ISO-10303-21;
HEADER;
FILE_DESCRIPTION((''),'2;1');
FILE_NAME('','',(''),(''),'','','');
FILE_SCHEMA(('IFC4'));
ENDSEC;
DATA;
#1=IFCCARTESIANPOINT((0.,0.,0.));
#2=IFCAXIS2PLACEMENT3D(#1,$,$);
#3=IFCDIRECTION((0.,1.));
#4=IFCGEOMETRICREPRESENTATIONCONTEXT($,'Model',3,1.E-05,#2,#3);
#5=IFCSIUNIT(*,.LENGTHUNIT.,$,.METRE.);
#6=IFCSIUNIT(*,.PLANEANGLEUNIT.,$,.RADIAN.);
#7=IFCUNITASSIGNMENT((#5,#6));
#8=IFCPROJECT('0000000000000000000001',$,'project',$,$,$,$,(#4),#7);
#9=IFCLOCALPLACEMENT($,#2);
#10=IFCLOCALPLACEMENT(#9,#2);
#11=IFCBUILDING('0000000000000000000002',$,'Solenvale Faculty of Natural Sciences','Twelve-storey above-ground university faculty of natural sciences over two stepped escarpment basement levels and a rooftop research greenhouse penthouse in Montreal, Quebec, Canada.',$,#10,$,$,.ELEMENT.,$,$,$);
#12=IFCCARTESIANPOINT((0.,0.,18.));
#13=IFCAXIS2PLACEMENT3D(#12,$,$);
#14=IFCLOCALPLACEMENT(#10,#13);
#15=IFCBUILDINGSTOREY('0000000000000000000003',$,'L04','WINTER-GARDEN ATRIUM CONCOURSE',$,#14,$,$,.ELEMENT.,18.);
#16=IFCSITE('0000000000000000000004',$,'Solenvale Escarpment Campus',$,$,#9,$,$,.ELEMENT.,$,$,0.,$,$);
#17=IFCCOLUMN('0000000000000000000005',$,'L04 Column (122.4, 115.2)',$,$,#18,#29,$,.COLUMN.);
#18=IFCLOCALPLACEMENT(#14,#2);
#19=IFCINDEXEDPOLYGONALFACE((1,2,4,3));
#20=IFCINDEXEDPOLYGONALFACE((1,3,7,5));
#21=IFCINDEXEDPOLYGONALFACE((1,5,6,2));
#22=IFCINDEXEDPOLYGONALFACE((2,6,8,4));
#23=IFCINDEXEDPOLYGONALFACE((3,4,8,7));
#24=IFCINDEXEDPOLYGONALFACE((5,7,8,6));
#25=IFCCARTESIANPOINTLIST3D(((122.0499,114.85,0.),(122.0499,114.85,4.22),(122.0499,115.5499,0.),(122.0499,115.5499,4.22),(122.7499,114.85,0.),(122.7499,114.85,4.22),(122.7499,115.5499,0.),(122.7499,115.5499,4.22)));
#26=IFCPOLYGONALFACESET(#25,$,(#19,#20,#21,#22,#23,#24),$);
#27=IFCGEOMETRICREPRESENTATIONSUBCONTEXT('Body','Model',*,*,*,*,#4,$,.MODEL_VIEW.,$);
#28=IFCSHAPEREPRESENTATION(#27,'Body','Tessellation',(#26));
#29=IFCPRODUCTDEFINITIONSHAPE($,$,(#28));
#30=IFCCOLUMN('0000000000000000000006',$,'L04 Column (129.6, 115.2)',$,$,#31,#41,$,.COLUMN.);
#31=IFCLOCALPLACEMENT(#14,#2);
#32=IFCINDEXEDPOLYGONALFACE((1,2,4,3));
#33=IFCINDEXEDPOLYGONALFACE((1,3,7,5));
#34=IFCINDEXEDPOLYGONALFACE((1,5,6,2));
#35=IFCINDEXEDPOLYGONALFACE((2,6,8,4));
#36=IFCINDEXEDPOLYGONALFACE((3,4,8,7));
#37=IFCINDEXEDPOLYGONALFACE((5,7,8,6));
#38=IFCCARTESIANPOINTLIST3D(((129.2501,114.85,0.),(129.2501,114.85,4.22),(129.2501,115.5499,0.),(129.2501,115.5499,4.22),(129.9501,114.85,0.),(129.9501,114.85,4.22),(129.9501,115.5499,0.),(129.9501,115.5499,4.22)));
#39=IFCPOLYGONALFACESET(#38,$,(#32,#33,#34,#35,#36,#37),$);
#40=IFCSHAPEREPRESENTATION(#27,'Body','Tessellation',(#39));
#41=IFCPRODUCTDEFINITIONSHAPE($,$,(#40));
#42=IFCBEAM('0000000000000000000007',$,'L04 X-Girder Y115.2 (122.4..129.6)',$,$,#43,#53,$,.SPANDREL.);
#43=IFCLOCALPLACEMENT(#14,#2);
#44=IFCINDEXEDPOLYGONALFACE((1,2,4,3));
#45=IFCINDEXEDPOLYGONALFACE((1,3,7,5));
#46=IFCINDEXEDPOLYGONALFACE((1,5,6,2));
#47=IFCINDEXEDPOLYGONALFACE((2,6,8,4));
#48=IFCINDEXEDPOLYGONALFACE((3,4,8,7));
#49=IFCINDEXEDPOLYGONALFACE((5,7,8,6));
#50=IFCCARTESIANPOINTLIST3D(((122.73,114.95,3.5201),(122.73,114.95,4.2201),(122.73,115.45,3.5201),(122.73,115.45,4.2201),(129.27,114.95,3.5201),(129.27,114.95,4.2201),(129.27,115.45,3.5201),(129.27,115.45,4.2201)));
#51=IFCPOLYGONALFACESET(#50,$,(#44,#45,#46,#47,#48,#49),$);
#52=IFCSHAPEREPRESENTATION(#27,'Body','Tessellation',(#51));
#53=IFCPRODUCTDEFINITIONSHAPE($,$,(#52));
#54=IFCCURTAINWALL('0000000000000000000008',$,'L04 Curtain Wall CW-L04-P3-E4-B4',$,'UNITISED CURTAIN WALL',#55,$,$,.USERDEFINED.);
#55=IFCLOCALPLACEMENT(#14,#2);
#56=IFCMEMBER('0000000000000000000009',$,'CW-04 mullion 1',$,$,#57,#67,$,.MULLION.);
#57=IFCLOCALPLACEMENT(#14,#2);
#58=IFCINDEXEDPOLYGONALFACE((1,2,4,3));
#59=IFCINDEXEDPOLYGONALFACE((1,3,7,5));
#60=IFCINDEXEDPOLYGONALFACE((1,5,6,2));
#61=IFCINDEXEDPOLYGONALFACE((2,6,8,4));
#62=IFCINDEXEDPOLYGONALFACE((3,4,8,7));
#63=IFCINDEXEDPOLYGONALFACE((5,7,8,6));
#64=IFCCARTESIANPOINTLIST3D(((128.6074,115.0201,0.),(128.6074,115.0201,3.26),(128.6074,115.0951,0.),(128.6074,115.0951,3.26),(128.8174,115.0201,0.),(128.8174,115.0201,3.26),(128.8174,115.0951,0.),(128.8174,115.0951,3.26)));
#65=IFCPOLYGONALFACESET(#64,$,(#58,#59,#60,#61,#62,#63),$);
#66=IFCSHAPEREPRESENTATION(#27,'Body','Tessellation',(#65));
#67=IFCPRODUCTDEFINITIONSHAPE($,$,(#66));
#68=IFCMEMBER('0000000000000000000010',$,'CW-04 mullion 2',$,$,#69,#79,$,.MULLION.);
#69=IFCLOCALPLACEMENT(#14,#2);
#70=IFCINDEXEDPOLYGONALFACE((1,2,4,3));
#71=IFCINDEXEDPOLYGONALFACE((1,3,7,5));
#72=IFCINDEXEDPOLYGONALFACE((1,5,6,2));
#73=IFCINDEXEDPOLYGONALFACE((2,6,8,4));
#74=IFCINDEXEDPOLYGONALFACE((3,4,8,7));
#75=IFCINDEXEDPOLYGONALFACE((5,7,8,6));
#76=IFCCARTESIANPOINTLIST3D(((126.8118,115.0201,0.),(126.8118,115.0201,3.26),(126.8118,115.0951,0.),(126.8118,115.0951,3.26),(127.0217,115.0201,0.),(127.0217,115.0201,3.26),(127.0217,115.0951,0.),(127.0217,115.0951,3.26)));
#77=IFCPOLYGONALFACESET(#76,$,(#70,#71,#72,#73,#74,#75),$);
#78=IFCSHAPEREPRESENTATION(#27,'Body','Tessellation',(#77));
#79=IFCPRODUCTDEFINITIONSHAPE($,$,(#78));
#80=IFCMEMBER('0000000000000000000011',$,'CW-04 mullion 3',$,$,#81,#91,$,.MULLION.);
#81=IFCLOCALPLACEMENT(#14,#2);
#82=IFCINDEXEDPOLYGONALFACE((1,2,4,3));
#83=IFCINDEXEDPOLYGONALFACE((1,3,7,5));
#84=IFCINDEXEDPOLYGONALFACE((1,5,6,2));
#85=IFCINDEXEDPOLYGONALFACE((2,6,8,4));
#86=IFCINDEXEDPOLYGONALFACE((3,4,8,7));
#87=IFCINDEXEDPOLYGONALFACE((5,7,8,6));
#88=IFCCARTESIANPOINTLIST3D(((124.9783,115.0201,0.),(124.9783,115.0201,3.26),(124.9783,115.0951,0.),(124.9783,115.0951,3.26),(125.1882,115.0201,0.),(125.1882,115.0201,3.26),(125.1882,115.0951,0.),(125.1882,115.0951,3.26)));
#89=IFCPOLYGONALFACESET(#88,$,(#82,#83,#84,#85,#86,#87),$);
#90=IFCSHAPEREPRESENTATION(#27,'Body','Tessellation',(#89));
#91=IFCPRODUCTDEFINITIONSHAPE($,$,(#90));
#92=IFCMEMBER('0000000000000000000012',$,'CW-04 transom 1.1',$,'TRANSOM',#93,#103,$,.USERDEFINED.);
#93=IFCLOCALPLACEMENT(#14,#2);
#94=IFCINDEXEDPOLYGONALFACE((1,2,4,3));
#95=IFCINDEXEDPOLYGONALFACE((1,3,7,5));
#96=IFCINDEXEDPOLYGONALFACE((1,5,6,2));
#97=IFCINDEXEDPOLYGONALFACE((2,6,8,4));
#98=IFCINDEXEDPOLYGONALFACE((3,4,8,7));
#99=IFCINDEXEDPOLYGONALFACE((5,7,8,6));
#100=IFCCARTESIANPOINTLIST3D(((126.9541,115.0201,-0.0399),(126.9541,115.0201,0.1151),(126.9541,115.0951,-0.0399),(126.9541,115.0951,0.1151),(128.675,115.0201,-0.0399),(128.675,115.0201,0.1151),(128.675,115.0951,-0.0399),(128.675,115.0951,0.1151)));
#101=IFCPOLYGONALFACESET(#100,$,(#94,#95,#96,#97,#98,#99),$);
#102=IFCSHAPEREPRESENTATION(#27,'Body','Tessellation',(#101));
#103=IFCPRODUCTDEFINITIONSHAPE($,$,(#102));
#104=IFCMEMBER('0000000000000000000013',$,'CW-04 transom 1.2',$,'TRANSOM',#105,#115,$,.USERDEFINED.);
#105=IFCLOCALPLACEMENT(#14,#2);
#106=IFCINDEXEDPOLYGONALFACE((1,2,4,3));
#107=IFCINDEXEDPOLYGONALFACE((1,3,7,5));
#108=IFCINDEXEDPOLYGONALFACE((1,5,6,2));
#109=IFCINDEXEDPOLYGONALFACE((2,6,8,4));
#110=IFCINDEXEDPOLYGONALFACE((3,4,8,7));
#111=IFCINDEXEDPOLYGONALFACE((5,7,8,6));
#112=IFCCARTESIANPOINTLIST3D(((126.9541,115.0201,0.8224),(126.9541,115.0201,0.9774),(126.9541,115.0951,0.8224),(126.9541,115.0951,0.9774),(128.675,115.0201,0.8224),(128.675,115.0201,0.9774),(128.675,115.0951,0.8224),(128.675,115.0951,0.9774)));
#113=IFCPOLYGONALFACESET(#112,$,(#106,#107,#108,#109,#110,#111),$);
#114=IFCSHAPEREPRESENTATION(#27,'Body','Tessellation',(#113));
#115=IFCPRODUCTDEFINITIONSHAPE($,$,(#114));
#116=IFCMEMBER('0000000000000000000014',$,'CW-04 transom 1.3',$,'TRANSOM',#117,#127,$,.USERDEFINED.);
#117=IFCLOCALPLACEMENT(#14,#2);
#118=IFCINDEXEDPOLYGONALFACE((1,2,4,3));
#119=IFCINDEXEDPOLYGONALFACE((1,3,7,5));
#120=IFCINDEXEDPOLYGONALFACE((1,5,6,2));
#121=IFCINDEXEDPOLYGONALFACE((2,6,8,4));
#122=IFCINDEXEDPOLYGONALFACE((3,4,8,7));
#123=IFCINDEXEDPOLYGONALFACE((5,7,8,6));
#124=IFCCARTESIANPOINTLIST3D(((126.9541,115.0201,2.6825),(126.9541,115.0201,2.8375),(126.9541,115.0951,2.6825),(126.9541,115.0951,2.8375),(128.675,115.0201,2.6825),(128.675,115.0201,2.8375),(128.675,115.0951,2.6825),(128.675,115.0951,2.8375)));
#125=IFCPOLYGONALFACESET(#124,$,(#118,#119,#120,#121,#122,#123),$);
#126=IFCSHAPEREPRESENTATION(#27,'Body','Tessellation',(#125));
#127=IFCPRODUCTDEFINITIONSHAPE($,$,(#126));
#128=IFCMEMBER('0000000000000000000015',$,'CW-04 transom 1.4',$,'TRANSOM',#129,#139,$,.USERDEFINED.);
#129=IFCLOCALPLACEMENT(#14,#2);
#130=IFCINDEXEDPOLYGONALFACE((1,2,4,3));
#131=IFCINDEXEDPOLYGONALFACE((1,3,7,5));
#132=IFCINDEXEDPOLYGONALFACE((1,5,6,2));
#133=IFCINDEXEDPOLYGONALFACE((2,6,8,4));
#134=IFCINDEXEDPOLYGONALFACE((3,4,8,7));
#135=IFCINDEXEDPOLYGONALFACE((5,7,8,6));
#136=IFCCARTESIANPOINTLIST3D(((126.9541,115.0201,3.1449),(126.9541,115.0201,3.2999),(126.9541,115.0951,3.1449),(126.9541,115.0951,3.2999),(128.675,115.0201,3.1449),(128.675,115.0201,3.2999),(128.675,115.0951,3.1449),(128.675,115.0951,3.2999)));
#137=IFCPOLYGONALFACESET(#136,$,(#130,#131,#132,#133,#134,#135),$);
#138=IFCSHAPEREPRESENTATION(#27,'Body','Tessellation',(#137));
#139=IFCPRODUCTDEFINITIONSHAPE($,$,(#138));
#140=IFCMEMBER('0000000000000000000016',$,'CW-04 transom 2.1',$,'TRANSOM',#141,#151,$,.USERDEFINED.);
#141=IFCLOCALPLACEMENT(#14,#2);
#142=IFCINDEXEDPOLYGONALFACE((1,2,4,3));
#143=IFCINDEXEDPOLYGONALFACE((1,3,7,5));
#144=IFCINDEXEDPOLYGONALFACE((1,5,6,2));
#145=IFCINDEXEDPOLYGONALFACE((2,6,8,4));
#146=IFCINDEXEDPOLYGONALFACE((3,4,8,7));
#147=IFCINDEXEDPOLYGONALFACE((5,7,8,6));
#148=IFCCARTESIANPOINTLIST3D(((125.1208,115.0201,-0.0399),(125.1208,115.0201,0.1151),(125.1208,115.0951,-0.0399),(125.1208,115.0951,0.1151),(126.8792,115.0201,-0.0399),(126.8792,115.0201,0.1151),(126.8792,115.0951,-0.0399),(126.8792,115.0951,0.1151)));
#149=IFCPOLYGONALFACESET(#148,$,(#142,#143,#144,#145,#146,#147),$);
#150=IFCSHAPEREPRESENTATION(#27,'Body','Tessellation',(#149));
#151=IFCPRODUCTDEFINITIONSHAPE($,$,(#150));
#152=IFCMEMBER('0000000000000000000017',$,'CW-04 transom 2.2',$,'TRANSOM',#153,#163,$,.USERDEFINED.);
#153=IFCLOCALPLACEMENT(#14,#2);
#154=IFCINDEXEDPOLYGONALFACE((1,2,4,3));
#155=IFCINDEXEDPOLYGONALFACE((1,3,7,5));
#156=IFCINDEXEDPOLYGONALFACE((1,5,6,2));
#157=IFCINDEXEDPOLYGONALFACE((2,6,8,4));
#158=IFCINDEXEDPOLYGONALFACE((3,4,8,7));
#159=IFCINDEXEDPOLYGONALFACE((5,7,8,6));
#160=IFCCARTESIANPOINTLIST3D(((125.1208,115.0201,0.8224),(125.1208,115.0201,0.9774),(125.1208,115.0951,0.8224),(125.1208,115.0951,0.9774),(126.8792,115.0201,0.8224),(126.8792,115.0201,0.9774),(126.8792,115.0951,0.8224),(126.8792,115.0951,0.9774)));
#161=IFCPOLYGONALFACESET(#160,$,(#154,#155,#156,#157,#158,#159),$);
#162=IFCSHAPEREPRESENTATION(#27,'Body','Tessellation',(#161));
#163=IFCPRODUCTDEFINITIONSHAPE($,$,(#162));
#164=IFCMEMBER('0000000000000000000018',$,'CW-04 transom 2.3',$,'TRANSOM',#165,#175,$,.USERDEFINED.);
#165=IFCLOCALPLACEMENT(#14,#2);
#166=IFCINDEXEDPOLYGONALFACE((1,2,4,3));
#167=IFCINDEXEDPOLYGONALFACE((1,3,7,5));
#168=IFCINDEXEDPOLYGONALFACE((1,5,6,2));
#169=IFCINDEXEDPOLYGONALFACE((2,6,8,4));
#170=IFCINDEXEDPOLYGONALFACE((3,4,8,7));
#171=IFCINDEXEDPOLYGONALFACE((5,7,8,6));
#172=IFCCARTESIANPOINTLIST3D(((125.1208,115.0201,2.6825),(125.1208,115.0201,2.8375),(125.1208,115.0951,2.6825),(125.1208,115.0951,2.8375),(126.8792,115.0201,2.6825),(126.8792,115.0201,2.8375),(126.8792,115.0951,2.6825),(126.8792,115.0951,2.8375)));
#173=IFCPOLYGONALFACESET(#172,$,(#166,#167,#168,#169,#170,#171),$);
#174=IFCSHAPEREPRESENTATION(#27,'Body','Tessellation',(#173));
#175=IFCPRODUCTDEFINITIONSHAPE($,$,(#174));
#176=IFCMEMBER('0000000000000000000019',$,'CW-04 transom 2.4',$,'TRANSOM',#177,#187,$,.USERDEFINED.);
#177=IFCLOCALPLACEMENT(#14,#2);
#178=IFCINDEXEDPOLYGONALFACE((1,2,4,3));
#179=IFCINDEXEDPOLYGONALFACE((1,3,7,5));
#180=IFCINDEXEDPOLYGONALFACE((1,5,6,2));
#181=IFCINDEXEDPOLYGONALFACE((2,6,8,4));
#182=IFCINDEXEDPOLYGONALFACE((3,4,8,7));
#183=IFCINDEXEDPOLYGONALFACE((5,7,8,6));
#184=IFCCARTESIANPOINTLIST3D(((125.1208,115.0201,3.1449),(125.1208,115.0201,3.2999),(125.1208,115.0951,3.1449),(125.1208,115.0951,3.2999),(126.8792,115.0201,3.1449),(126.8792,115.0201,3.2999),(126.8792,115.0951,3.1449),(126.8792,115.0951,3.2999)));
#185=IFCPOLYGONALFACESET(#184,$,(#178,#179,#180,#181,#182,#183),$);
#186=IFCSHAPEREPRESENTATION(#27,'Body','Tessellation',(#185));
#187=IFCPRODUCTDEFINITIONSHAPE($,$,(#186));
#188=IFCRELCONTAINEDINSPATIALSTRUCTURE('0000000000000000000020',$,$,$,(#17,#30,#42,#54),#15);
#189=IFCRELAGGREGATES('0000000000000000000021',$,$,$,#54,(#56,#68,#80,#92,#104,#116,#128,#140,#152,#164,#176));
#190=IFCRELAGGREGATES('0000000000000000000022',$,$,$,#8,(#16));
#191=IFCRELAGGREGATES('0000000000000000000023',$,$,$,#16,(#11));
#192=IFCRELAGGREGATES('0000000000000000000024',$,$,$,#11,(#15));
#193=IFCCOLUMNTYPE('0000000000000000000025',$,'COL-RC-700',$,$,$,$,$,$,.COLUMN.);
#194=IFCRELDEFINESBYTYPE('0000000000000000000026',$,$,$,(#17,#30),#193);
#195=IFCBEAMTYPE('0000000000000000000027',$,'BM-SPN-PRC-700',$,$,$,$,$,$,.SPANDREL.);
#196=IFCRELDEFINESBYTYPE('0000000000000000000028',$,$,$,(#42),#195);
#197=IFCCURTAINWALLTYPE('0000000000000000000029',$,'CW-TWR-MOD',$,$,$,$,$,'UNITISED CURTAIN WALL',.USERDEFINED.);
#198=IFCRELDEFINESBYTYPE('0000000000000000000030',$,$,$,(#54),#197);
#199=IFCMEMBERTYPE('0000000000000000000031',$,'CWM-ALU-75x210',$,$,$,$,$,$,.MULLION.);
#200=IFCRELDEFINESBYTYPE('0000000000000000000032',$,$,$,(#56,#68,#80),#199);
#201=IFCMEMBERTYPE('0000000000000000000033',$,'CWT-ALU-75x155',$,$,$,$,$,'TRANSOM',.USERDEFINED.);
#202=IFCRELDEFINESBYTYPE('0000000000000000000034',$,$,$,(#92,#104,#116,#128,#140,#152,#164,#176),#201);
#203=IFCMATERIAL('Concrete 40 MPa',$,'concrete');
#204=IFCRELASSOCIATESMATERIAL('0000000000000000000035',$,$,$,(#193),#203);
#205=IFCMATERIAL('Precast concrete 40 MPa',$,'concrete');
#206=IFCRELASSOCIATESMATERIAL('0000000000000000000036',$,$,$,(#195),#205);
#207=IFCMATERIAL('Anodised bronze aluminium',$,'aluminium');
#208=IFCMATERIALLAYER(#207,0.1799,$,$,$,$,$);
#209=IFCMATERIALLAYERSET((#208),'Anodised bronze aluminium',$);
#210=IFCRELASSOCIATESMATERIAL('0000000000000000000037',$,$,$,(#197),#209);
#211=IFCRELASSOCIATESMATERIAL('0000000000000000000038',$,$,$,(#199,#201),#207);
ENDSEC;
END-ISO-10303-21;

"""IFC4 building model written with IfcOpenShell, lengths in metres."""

from ifc_helpers import new_model, si_unit, direction, frame, origin, origin_2d, place, context, subcontext, project, spatial, rectangle, extrude, material, layer, layer_set, material_profile, profile_set, type_object, element, aggregate, save


model = new_model("IFC4")

# Units and contexts
model_context = context("Model", 3, precision=1e-05, world=origin(), true_north=direction((0.0, 1.0)))
body_context = subcontext(model_context, "Body", "Model", "MODEL_VIEW")
ifc_project = project(units=[si_unit("LENGTHUNIT", "METRE"), si_unit("PLANEANGLEUNIT", "RADIAN")], contexts=[model_context])

# Site, building, storey
site_placement = place(None, origin())
site = spatial("IfcSite", under=ifc_project, at=site_placement, Name="Solenvale Escarpment Campus", CompositionType="ELEMENT", RefElevation=0.0)
building_placement = place(site_placement, origin())
building = spatial("IfcBuilding", under=site, at=building_placement, Name="Solenvale Faculty of Natural Sciences", Description="Twelve-storey above-ground university faculty of natural sciences over two stepped escarpment basement levels and a rooftop research greenhouse penthouse in Montreal, Quebec, Canada.", CompositionType="ELEMENT")
storey_placement = place(building_placement, frame((0.0, 0.0, 18.0)))
storey = spatial("IfcBuildingStorey", under=building, at=storey_placement, Name="L04", Description="WINTER-GARDEN ATRIUM CONCOURSE", CompositionType="ELEMENT", Elevation=18.0)

# Columns
ifc_material_1 = material(Name="Concrete 40 MPa", Category="concrete")
ifc_material_profile_1 = material_profile(ifc_material_1, rectangle(XDim=0.7, YDim=0.7, at=origin_2d()), Name="RC-COL-700x700")
ifc_profile_set_1 = profile_set([ifc_material_profile_1], Name="Concrete 40 MPa")
column_type = type_object("IfcColumnType", Name="COL-RC-700", PredefinedType="COLUMN", material=ifc_profile_set_1)
for number, where, z_axis, x_axis, name in (
    (1, (122.3999, 115.2, 0.0), (0.0, 0.0, 1.0), (1.0, 0.0, 0.0), "L04 Column (122.4, 115.2)"),
    (2, (129.6001, 115.2, 0.0), (0.0, 0.0, 1.0), (1.0, 0.0, 0.0), "L04 Column (129.6, 115.2)"),
):
    element("IfcColumn", number, at=place(storey_placement, frame(where, z_axis=z_axis, x_axis=x_axis)), inside=storey, type_object=column_type, Name=name, PredefinedType="COLUMN", context=body_context, shape_type="SweptSolid", body=[
        extrude(rectangle(XDim=0.7, YDim=0.7, at=origin_2d()), origin(), (0.0, 0.0, 1.0), 4.22),
    ])

# Beam
ifc_material_2 = material(Name="Precast concrete 40 MPa", Category="concrete")
ifc_material_profile_2 = material_profile(ifc_material_2, rectangle(XDim=0.5, YDim=0.7, at=origin_2d()), Name="RC-BM-500x700")
ifc_profile_set_2 = profile_set([ifc_material_profile_2], Name="Precast concrete 40 MPa")
beam_type = type_object("IfcBeamType", Name="BM-SPN-PRC-700", PredefinedType="SPANDREL", material=ifc_profile_set_2)
beam_placement = place(storey_placement, frame((122.73, 115.2, 3.8701), z_axis=(1.0, 0.0, 0.0), x_axis=(0.0, 1.0, 0.0)))
element("IfcBeam", 3, at=beam_placement, inside=storey, type_object=beam_type, Name="L04 X-Girder Y115.2 (122.4..129.6)", PredefinedType="SPANDREL", context=body_context, shape_type="SweptSolid", body=[
    extrude(rectangle(XDim=0.5, YDim=0.7, at=origin_2d()), origin(), (0.0, 0.0, 1.0), 6.54),
])

# Curtain wall, members
ifc_material_3 = material(Name="Anodised bronze aluminium", Category="aluminium")
ifc_layer_1 = layer(ifc_material_3, 0.1799)
ifc_layer_set_1 = layer_set([ifc_layer_1], Name="Anodised bronze aluminium")
curtain_wall_type = type_object("IfcCurtainWallType", Name="CW-TWR-MOD", ElementType="UNITISED CURTAIN WALL", PredefinedType="USERDEFINED", material=ifc_layer_set_1)
curtain_wall_placement = place(storey_placement, origin())
curtain_wall = element("IfcCurtainWall", 4, at=curtain_wall_placement, inside=storey, type_object=curtain_wall_type, Name="L04 Curtain Wall CW-L04-P3-E4-B4", ObjectType="UNITISED CURTAIN WALL", PredefinedType="USERDEFINED")
ifc_material_profile_3 = material_profile(ifc_material_3, rectangle(XDim=0.075, YDim=0.21, at=origin_2d()), Name="ALU-MUL-75x210")
ifc_profile_set_3 = profile_set([ifc_material_profile_3], Name="Anodised bronze aluminium")
member_type_1 = type_object("IfcMemberType", Name="CWM-ALU-75x210", PredefinedType="MULLION", material=ifc_profile_set_3)
member_1_placement = place(storey_placement, frame((128.7124, 115.0576, 0.0), z_axis=(0.0, 0.0, 1.0), x_axis=(0.0, -1.0, 0.0)))
member_1 = element("IfcMember", 5, at=member_1_placement, type_object=member_type_1, Name="CW-04 mullion 1", PredefinedType="MULLION", context=body_context, shape_type="SweptSolid", body=[
    extrude(rectangle(XDim=0.075, YDim=0.21, at=origin_2d()), origin(), (0.0, 0.0, 1.0), 3.26),
])
member_2_placement = place(storey_placement, frame((126.9167, 115.0576, 0.0), z_axis=(0.0, 0.0, 1.0), x_axis=(0.0, -1.0, 0.0)))
member_2 = element("IfcMember", 6, at=member_2_placement, type_object=member_type_1, Name="CW-04 mullion 2", PredefinedType="MULLION", context=body_context, shape_type="SweptSolid", body=[
    extrude(rectangle(XDim=0.075, YDim=0.21, at=origin_2d()), origin(), (0.0, 0.0, 1.0), 3.26),
])
member_3_placement = place(storey_placement, frame((125.0833, 115.0576, 0.0), z_axis=(0.0, 0.0, 1.0), x_axis=(0.0, -1.0, 0.0)))
member_3 = element("IfcMember", 7, at=member_3_placement, type_object=member_type_1, Name="CW-04 mullion 3", PredefinedType="MULLION", context=body_context, shape_type="SweptSolid", body=[
    extrude(rectangle(XDim=0.075, YDim=0.21, at=origin_2d()), origin(), (0.0, 0.0, 1.0), 3.26),
])
ifc_material_profile_4 = material_profile(ifc_material_3, rectangle(XDim=0.075, YDim=0.155, at=origin_2d()), Name="ALU-TRN-75x155")
ifc_profile_set_4 = profile_set([ifc_material_profile_4], Name="Anodised bronze aluminium")
member_type_2 = type_object("IfcMemberType", Name="CWT-ALU-75x155", ElementType="TRANSOM", PredefinedType="USERDEFINED", material=ifc_profile_set_4)
member_4_placement = place(storey_placement, frame((128.675, 115.0576, 0.0376), z_axis=(-1.0, 0.0, 0.0), x_axis=(0.0, -1.0, 0.0)))
member_4 = element("IfcMember", 8, at=member_4_placement, type_object=member_type_2, Name="CW-04 transom 1.1", ObjectType="TRANSOM", PredefinedType="USERDEFINED", context=body_context, shape_type="SweptSolid", body=[
    extrude(rectangle(XDim=0.075, YDim=0.155, at=origin_2d()), origin(), (0.0, 0.0, 1.0), 1.7209),
])
member_5_placement = place(storey_placement, frame((128.675, 115.0576, 0.8999), z_axis=(-1.0, 0.0, 0.0), x_axis=(0.0, -1.0, 0.0)))
member_5 = element("IfcMember", 9, at=member_5_placement, type_object=member_type_2, Name="CW-04 transom 1.2", ObjectType="TRANSOM", PredefinedType="USERDEFINED", context=body_context, shape_type="SweptSolid", body=[
    extrude(rectangle(XDim=0.075, YDim=0.155, at=origin_2d()), origin(), (0.0, 0.0, 1.0), 1.7209),
])
member_6_placement = place(storey_placement, frame((128.675, 115.0576, 2.76), z_axis=(-1.0, 0.0, 0.0), x_axis=(0.0, -1.0, 0.0)))
member_6 = element("IfcMember", 10, at=member_6_placement, type_object=member_type_2, Name="CW-04 transom 1.3", ObjectType="TRANSOM", PredefinedType="USERDEFINED", context=body_context, shape_type="SweptSolid", body=[
    extrude(rectangle(XDim=0.075, YDim=0.155, at=origin_2d()), origin(), (0.0, 0.0, 1.0), 1.7209),
])
member_7_placement = place(storey_placement, frame((128.675, 115.0576, 3.2224), z_axis=(-1.0, 0.0, 0.0), x_axis=(0.0, -1.0, 0.0)))
member_7 = element("IfcMember", 11, at=member_7_placement, type_object=member_type_2, Name="CW-04 transom 1.4", ObjectType="TRANSOM", PredefinedType="USERDEFINED", context=body_context, shape_type="SweptSolid", body=[
    extrude(rectangle(XDim=0.075, YDim=0.155, at=origin_2d()), origin(), (0.0, 0.0, 1.0), 1.7209),
])
member_8_placement = place(storey_placement, frame((126.8792, 115.0576, 0.0376), z_axis=(-1.0, 0.0, 0.0), x_axis=(0.0, -1.0, 0.0)))
member_8 = element("IfcMember", 12, at=member_8_placement, type_object=member_type_2, Name="CW-04 transom 2.1", ObjectType="TRANSOM", PredefinedType="USERDEFINED", context=body_context, shape_type="SweptSolid", body=[
    extrude(rectangle(XDim=0.075, YDim=0.155, at=origin_2d()), origin(), (0.0, 0.0, 1.0), 1.7583),
])
member_9_placement = place(storey_placement, frame((126.8792, 115.0576, 0.8999), z_axis=(-1.0, 0.0, 0.0), x_axis=(0.0, -1.0, 0.0)))
member_9 = element("IfcMember", 13, at=member_9_placement, type_object=member_type_2, Name="CW-04 transom 2.2", ObjectType="TRANSOM", PredefinedType="USERDEFINED", context=body_context, shape_type="SweptSolid", body=[
    extrude(rectangle(XDim=0.075, YDim=0.155, at=origin_2d()), origin(), (0.0, 0.0, 1.0), 1.7583),
])
member_10_placement = place(storey_placement, frame((126.8792, 115.0576, 2.76), z_axis=(-1.0, 0.0, 0.0), x_axis=(0.0, -1.0, 0.0)))
member_10 = element("IfcMember", 14, at=member_10_placement, type_object=member_type_2, Name="CW-04 transom 2.3", ObjectType="TRANSOM", PredefinedType="USERDEFINED", context=body_context, shape_type="SweptSolid", body=[
    extrude(rectangle(XDim=0.075, YDim=0.155, at=origin_2d()), origin(), (0.0, 0.0, 1.0), 1.7583),
])
member_11_placement = place(storey_placement, frame((126.8792, 115.0576, 3.2224), z_axis=(-1.0, 0.0, 0.0), x_axis=(0.0, -1.0, 0.0)))
member_11 = element("IfcMember", 15, at=member_11_placement, type_object=member_type_2, Name="CW-04 transom 2.4", ObjectType="TRANSOM", PredefinedType="USERDEFINED", context=body_context, shape_type="SweptSolid", body=[
    extrude(rectangle(XDim=0.075, YDim=0.155, at=origin_2d()), origin(), (0.0, 0.0, 1.0), 1.7583),
])
aggregate(curtain_wall, [member_1, member_2, member_3, member_4, member_5, member_6, member_7, member_8, member_9, member_10, member_11])

save(model, "model.ifc")
